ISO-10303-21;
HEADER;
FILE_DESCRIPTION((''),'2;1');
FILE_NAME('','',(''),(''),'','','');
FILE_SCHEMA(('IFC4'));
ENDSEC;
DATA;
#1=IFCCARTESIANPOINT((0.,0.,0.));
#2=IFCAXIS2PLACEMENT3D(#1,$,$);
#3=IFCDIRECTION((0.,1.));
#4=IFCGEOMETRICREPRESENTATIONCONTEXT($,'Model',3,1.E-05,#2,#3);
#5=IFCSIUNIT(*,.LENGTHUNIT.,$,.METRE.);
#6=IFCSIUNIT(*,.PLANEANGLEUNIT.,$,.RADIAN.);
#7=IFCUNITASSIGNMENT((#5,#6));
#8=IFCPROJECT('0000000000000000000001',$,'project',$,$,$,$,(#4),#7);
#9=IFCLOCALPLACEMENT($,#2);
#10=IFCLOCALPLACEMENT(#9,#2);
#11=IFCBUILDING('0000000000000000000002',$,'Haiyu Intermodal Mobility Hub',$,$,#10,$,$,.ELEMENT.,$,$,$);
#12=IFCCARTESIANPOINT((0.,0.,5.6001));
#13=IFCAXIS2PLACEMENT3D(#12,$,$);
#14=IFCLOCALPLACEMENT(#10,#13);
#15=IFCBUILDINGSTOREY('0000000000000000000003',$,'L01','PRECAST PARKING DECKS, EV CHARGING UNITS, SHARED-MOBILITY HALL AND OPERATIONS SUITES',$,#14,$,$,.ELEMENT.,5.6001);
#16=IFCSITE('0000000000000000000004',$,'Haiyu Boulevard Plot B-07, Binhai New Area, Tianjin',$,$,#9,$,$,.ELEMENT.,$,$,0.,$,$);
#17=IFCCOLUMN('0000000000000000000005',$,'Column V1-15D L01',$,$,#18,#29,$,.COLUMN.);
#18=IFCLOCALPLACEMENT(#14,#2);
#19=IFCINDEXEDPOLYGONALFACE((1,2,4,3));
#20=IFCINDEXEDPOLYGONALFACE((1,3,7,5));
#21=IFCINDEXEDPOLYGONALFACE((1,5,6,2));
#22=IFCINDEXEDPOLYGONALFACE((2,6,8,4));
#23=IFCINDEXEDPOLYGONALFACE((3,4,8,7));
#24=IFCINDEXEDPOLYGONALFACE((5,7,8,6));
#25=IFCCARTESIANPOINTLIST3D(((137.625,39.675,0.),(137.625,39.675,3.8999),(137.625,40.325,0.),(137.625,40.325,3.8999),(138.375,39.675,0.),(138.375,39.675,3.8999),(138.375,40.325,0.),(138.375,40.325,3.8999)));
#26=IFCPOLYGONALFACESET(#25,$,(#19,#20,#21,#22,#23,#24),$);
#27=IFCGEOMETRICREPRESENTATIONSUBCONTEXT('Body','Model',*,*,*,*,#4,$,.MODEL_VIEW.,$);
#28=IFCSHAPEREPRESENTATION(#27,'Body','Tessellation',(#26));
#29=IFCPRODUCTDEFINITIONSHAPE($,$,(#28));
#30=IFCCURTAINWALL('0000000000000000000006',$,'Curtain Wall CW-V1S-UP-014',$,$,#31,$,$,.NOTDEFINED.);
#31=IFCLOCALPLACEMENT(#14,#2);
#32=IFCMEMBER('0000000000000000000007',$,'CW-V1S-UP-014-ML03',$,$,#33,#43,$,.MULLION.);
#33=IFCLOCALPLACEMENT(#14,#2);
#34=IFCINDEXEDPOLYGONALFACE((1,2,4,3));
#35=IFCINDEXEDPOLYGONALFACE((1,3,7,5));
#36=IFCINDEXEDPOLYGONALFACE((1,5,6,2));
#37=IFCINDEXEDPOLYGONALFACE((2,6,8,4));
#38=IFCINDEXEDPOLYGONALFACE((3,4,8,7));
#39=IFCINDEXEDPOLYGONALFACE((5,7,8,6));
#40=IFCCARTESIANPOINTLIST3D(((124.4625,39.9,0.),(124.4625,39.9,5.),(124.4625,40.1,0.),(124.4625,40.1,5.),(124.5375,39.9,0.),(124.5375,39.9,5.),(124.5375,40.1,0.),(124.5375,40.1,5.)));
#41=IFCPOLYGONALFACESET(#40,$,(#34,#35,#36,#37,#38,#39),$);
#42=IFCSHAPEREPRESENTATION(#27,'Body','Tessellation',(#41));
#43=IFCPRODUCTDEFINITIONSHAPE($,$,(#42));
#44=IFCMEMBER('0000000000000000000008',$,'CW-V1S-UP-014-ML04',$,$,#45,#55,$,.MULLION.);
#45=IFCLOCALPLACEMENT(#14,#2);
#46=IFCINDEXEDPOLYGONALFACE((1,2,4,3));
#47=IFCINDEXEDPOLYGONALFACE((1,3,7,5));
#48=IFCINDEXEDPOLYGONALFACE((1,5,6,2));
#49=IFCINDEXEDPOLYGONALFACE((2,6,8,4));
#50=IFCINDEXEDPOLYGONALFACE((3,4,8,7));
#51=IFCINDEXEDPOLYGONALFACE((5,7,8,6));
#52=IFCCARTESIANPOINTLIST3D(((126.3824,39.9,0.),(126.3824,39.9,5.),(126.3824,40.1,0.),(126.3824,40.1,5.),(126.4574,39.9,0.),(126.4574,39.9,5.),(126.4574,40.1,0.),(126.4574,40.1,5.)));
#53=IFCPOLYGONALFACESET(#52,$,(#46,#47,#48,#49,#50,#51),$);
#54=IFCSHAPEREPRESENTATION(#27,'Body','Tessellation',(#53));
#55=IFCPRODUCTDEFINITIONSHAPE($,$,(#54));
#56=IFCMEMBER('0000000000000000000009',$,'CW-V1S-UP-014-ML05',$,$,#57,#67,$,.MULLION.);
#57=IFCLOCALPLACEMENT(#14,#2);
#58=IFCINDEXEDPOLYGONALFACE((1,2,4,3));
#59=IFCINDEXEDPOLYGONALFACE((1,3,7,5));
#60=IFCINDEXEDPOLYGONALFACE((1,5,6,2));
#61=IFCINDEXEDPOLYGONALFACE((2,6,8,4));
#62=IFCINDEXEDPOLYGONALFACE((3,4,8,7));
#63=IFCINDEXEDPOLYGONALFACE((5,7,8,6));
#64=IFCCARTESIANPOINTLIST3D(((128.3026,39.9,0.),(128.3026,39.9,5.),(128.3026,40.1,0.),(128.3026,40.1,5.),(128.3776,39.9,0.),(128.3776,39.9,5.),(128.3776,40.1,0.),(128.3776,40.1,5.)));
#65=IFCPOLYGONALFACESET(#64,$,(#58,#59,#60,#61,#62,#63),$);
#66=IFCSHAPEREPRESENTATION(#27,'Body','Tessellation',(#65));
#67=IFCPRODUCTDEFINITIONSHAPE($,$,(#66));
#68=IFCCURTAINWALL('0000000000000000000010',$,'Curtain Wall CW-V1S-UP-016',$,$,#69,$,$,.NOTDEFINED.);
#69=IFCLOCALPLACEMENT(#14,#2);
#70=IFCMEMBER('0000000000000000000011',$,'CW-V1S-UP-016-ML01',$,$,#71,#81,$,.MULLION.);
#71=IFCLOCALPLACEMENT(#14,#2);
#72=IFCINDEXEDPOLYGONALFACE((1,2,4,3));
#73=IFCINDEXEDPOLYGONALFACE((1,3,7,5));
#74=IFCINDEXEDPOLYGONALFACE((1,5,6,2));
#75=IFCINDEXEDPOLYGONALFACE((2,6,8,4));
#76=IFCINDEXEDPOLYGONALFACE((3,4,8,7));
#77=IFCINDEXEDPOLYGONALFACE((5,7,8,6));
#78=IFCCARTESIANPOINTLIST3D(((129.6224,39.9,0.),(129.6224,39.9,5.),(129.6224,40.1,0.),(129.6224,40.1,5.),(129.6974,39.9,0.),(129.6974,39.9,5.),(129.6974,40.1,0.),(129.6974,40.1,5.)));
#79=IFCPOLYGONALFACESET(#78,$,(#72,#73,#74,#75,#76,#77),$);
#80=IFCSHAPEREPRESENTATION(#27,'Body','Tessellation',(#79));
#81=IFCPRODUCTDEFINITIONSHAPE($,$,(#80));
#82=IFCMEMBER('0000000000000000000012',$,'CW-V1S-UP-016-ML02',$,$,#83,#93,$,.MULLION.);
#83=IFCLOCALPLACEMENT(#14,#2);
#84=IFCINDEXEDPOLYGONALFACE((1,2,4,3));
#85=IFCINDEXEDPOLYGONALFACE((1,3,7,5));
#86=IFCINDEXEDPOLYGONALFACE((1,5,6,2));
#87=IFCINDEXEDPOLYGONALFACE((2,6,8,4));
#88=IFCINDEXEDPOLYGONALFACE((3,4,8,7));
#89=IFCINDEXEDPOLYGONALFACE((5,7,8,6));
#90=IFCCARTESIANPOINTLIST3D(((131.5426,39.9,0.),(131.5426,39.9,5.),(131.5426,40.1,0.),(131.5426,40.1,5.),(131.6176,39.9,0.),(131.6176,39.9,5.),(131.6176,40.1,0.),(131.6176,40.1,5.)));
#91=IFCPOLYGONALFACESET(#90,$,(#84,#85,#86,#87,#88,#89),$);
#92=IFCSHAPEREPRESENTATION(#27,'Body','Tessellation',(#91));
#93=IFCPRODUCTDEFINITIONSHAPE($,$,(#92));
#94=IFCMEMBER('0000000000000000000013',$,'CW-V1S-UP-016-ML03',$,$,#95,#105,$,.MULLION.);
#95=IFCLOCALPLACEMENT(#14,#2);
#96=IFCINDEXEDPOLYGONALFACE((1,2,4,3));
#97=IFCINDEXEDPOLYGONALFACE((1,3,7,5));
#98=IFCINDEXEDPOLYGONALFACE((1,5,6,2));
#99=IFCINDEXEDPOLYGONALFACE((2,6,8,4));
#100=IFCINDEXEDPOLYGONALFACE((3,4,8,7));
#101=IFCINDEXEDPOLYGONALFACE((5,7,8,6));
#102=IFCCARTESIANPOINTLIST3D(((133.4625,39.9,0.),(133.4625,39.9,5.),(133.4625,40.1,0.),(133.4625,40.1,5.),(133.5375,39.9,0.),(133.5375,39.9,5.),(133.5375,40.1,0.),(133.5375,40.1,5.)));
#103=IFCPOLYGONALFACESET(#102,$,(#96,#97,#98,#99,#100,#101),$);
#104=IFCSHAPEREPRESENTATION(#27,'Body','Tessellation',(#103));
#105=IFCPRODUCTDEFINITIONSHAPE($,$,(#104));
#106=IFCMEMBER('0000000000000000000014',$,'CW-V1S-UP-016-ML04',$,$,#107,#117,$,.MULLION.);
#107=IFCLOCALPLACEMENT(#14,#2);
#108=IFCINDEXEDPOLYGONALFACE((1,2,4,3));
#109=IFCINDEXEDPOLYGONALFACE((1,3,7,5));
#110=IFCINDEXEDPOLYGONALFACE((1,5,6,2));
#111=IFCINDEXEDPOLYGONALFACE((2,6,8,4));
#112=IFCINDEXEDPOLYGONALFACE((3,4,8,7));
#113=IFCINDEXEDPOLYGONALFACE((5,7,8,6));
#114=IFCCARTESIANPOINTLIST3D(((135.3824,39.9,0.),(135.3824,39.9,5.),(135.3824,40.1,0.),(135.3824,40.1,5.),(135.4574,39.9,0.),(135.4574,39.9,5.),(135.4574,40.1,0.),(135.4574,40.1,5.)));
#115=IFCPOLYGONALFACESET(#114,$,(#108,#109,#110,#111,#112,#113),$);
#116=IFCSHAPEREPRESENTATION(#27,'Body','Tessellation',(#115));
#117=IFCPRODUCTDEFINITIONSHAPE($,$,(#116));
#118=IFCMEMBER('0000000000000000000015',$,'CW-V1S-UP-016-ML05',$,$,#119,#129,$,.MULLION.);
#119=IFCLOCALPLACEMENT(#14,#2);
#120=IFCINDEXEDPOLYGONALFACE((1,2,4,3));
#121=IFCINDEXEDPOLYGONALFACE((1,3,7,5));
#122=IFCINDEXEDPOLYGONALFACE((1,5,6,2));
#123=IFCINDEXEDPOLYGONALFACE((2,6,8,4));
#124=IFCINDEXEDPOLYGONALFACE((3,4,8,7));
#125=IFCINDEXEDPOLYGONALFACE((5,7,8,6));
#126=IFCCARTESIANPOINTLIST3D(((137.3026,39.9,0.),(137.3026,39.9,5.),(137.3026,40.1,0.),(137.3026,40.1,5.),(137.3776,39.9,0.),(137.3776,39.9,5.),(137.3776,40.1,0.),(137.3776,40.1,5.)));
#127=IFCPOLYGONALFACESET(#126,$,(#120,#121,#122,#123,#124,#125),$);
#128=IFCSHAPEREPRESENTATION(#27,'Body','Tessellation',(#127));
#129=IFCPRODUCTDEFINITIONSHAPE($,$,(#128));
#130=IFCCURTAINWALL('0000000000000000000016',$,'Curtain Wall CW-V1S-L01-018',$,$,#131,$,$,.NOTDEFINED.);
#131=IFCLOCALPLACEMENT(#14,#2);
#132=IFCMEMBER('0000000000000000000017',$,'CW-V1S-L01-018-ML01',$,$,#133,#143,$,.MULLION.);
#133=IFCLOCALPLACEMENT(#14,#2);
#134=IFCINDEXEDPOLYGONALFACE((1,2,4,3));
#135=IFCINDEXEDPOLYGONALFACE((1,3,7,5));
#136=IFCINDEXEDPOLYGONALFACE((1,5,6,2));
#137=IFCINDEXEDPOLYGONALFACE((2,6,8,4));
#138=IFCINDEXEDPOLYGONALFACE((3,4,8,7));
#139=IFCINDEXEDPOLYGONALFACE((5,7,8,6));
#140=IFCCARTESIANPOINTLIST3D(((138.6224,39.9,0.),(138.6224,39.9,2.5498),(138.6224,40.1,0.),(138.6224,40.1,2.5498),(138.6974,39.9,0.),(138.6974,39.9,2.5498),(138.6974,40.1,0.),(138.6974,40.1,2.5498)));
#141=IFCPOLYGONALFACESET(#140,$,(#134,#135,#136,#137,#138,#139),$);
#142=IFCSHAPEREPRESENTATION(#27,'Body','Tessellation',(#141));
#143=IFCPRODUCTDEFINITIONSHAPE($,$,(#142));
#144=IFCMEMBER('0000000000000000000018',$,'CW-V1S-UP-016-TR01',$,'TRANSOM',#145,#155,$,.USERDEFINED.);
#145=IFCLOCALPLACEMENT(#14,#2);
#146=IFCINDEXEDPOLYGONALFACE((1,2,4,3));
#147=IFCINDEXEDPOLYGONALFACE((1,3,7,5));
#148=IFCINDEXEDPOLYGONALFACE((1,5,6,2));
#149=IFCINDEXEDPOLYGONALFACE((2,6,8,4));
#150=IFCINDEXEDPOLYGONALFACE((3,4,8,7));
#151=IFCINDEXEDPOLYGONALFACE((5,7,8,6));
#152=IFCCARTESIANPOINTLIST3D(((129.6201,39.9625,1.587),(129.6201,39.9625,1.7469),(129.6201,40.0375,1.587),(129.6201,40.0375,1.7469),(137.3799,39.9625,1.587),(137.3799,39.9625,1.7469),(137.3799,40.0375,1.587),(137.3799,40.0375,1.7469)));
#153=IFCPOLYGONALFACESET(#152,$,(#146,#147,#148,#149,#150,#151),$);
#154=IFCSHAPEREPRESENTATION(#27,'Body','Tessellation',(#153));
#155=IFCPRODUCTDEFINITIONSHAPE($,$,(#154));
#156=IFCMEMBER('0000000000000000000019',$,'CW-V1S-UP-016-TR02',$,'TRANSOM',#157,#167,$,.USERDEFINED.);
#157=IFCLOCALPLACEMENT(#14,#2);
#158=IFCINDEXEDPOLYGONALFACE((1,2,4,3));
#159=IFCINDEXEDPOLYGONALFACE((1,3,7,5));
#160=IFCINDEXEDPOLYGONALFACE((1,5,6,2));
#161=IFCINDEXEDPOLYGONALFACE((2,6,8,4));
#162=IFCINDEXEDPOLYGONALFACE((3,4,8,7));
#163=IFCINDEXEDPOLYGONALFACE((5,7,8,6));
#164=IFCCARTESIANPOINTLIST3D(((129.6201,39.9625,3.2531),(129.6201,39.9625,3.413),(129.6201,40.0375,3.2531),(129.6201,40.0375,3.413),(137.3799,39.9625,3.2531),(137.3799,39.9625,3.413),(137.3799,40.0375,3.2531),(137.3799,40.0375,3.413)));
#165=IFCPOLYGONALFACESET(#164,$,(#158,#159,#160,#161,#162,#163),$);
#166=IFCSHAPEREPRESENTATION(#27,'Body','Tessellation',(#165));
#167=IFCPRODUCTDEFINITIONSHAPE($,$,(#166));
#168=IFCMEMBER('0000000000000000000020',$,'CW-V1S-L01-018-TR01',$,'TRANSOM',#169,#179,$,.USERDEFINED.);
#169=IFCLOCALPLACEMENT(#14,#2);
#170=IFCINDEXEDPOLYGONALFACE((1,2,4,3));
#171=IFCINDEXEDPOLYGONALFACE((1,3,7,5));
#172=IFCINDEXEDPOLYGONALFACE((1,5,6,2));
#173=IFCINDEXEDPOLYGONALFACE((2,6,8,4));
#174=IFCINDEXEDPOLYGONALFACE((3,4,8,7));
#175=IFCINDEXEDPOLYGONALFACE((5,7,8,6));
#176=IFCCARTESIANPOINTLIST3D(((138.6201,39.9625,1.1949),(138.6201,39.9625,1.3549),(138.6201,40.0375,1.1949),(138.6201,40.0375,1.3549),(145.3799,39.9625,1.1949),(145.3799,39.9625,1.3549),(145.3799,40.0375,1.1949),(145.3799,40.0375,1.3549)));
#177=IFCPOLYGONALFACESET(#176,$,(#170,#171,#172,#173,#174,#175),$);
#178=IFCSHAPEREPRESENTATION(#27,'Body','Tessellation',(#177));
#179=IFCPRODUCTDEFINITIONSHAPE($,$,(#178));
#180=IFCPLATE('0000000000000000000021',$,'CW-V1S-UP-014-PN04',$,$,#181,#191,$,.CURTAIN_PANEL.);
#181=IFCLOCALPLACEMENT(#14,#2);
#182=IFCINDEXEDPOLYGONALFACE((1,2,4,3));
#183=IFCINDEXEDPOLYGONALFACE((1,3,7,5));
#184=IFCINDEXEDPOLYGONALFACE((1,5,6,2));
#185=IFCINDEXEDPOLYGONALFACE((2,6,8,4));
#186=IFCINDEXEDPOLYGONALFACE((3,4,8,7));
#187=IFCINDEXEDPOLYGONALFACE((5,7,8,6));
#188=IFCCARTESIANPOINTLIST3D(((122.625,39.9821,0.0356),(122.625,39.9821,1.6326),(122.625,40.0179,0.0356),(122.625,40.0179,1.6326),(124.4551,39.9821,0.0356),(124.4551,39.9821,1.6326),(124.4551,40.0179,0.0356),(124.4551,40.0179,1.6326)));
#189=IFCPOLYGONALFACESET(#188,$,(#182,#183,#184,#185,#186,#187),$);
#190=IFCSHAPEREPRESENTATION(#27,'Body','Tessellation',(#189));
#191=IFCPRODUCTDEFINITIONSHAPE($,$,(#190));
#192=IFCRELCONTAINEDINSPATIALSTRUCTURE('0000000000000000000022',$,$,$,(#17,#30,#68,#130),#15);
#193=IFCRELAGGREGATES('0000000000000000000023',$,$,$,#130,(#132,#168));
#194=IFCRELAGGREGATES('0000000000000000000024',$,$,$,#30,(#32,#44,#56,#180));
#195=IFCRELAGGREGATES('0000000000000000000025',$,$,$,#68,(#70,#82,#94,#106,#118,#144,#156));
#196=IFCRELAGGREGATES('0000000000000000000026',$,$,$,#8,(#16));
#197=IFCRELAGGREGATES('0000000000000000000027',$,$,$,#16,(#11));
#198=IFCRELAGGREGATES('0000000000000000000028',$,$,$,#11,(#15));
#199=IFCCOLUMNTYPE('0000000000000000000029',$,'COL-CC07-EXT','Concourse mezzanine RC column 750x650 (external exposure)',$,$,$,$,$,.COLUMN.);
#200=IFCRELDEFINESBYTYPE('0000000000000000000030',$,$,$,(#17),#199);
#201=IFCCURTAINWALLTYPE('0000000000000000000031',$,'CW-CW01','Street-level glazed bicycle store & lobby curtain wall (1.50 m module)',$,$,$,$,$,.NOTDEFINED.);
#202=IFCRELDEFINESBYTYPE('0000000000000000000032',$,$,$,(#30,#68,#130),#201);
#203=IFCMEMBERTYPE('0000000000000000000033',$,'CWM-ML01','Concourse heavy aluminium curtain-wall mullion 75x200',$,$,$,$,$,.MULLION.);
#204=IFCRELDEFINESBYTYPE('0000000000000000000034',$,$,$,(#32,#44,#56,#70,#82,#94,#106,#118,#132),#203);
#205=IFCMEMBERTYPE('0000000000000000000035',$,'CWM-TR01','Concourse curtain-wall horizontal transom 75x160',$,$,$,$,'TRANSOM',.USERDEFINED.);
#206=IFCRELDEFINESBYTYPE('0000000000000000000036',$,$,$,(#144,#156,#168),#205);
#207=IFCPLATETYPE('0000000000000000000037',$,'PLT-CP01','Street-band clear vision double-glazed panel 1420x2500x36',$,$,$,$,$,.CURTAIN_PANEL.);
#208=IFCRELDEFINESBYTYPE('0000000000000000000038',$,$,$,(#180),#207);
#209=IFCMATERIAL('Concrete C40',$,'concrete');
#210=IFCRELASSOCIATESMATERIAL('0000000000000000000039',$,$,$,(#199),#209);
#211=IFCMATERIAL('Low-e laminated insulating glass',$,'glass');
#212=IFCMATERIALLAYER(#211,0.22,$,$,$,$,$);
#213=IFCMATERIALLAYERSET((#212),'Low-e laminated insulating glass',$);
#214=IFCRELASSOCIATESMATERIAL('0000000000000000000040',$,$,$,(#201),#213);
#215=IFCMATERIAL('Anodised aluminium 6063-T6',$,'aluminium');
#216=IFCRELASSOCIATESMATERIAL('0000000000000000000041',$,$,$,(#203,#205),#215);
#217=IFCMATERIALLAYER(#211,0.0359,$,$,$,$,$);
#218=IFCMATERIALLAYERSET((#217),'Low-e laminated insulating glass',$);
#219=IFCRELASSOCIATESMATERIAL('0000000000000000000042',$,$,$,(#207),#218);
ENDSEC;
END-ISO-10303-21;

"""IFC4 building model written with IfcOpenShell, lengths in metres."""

from ifc_helpers import new_model, si_unit, direction, frame, origin, origin_2d, place, context, subcontext, project, spatial, rectangle, extrude, material, layer, layer_set, material_profile, profile_set, type_object, element, aggregate, save


model = new_model("IFC4")

# Units and contexts
model_context = context("Model", 3, precision=1e-05, world=origin(), true_north=direction((0.0, 1.0)))
body_context = subcontext(model_context, "Body", "Model", "MODEL_VIEW")
ifc_project = project(units=[si_unit("LENGTHUNIT", "METRE"), si_unit("PLANEANGLEUNIT", "RADIAN")], contexts=[model_context])

# Site, building, storey
site_placement = place(None, origin())
site = spatial("IfcSite", under=ifc_project, at=site_placement, Name="Haiyu Boulevard Plot B-07, Binhai New Area, Tianjin", CompositionType="ELEMENT", RefElevation=0.0)
building_placement = place(site_placement, origin())
building = spatial("IfcBuilding", under=site, at=building_placement, Name="Haiyu Intermodal Mobility Hub", CompositionType="ELEMENT")
storey_placement = place(building_placement, frame((0.0, 0.0, 5.6001)))
storey = spatial("IfcBuildingStorey", under=building, at=storey_placement, Name="L01", Description="PRECAST PARKING DECKS, EV CHARGING UNITS, SHARED-MOBILITY HALL AND OPERATIONS SUITES", CompositionType="ELEMENT", Elevation=5.6001)

# Column
ifc_material_1 = material(Name="Concrete C40", Category="concrete")
ifc_material_profile_1 = material_profile(ifc_material_1, rectangle(XDim=0.75, YDim=0.6499, at=origin_2d()), Name="RC750x650")
ifc_profile_set_1 = profile_set([ifc_material_profile_1], Name="Concrete C40")
column_type = type_object("IfcColumnType", Name="COL-CC07-EXT", Description="Concourse mezzanine RC column 750x650 (external exposure)", PredefinedType="COLUMN", material=ifc_profile_set_1)
column_placement = place(storey_placement, frame((138.0, 40.0, 0.0), z_axis=(0.0, 0.0, 1.0), x_axis=(1.0, 0.0, 0.0)))
element("IfcColumn", 1, at=column_placement, inside=storey, type_object=column_type, Name="Column V1-15D L01", PredefinedType="COLUMN", context=body_context, shape_type="SweptSolid", body=[
    extrude(rectangle(XDim=0.75, YDim=0.6499, at=origin_2d()), origin(), (0.0, 0.0, 1.0), 3.8999),
])

# Curtain walls, members
ifc_material_2 = material(Name="Low-e laminated insulating glass", Category="glass")
ifc_layer_1 = layer(ifc_material_2, 0.22)
ifc_layer_set_1 = layer_set([ifc_layer_1], Name="Low-e laminated insulating glass")
curtain_wall_type = type_object("IfcCurtainWallType", Name="CW-CW01", Description="Street-level glazed bicycle store & lobby curtain wall (1.50 m module)", PredefinedType="NOTDEFINED", material=ifc_layer_set_1)
curtain_wall_1_placement = place(storey_placement, origin())
curtain_wall_1 = element("IfcCurtainWall", 2, at=curtain_wall_1_placement, inside=storey, type_object=curtain_wall_type, Name="Curtain Wall CW-V1S-UP-014", PredefinedType="NOTDEFINED")
ifc_material_3 = material(Name="Anodised aluminium 6063-T6", Category="aluminium")
ifc_material_profile_2 = material_profile(ifc_material_3, rectangle(XDim=0.075, YDim=0.2, at=origin_2d()), Name="ALU75x200")
ifc_profile_set_2 = profile_set([ifc_material_profile_2], Name="Anodised aluminium 6063-T6")
member_type_1 = type_object("IfcMemberType", Name="CWM-ML01", Description="Concourse heavy aluminium curtain-wall mullion 75x200", PredefinedType="MULLION", material=ifc_profile_set_2)
member_1_placement = place(storey_placement, frame((124.5, 40.0, 0.0), z_axis=(0.0, 0.0, 1.0), x_axis=(1.0, 0.0, 0.0)))
member_1 = element("IfcMember", 3, at=member_1_placement, type_object=member_type_1, Name="CW-V1S-UP-014-ML03", PredefinedType="MULLION", context=body_context, shape_type="SweptSolid", body=[
    extrude(rectangle(XDim=0.075, YDim=0.2, at=origin_2d()), origin(), (0.0, 0.0, 1.0), 5.0),
])
member_2_placement = place(storey_placement, frame((126.4199, 40.0, 0.0), z_axis=(0.0, 0.0, 1.0), x_axis=(1.0, 0.0, 0.0)))
member_2 = element("IfcMember", 4, at=member_2_placement, type_object=member_type_1, Name="CW-V1S-UP-014-ML04", PredefinedType="MULLION", context=body_context, shape_type="SweptSolid", body=[
    extrude(rectangle(XDim=0.075, YDim=0.2, at=origin_2d()), origin(), (0.0, 0.0, 1.0), 5.0),
])
member_3_placement = place(storey_placement, frame((128.3401, 40.0, 0.0), z_axis=(0.0, 0.0, 1.0), x_axis=(1.0, 0.0, 0.0)))
member_3 = element("IfcMember", 5, at=member_3_placement, type_object=member_type_1, Name="CW-V1S-UP-014-ML05", PredefinedType="MULLION", context=body_context, shape_type="SweptSolid", body=[
    extrude(rectangle(XDim=0.075, YDim=0.2, at=origin_2d()), origin(), (0.0, 0.0, 1.0), 5.0),
])
curtain_wall_2_placement = place(storey_placement, origin())
curtain_wall_2 = element("IfcCurtainWall", 6, at=curtain_wall_2_placement, inside=storey, type_object=curtain_wall_type, Name="Curtain Wall CW-V1S-UP-016", PredefinedType="NOTDEFINED")
member_4_placement = place(storey_placement, frame((129.6599, 40.0, 0.0), z_axis=(0.0, 0.0, 1.0), x_axis=(1.0, 0.0, 0.0)))
member_4 = element("IfcMember", 7, at=member_4_placement, type_object=member_type_1, Name="CW-V1S-UP-016-ML01", PredefinedType="MULLION", context=body_context, shape_type="SweptSolid", body=[
    extrude(rectangle(XDim=0.075, YDim=0.2, at=origin_2d()), origin(), (0.0, 0.0, 1.0), 5.0),
])
member_5_placement = place(storey_placement, frame((131.5801, 40.0, 0.0), z_axis=(0.0, 0.0, 1.0), x_axis=(1.0, 0.0, 0.0)))
member_5 = element("IfcMember", 8, at=member_5_placement, type_object=member_type_1, Name="CW-V1S-UP-016-ML02", PredefinedType="MULLION", context=body_context, shape_type="SweptSolid", body=[
    extrude(rectangle(XDim=0.075, YDim=0.2, at=origin_2d()), origin(), (0.0, 0.0, 1.0), 5.0),
])
member_6_placement = place(storey_placement, frame((133.5, 40.0, 0.0), z_axis=(0.0, 0.0, 1.0), x_axis=(1.0, 0.0, 0.0)))
member_6 = element("IfcMember", 9, at=member_6_placement, type_object=member_type_1, Name="CW-V1S-UP-016-ML03", PredefinedType="MULLION", context=body_context, shape_type="SweptSolid", body=[
    extrude(rectangle(XDim=0.075, YDim=0.2, at=origin_2d()), origin(), (0.0, 0.0, 1.0), 5.0),
])
member_7_placement = place(storey_placement, frame((135.4199, 40.0, 0.0), z_axis=(0.0, 0.0, 1.0), x_axis=(1.0, 0.0, 0.0)))
member_7 = element("IfcMember", 10, at=member_7_placement, type_object=member_type_1, Name="CW-V1S-UP-016-ML04", PredefinedType="MULLION", context=body_context, shape_type="SweptSolid", body=[
    extrude(rectangle(XDim=0.075, YDim=0.2, at=origin_2d()), origin(), (0.0, 0.0, 1.0), 5.0),
])
member_8_placement = place(storey_placement, frame((137.3401, 40.0, 0.0), z_axis=(0.0, 0.0, 1.0), x_axis=(1.0, 0.0, 0.0)))
member_8 = element("IfcMember", 11, at=member_8_placement, type_object=member_type_1, Name="CW-V1S-UP-016-ML05", PredefinedType="MULLION", context=body_context, shape_type="SweptSolid", body=[
    extrude(rectangle(XDim=0.075, YDim=0.2, at=origin_2d()), origin(), (0.0, 0.0, 1.0), 5.0),
])

# Curtain wall, member
curtain_wall_3_placement = place(storey_placement, origin())
curtain_wall_3 = element("IfcCurtainWall", 12, at=curtain_wall_3_placement, inside=storey, type_object=curtain_wall_type, Name="Curtain Wall CW-V1S-L01-018", PredefinedType="NOTDEFINED")
member_9_placement = place(storey_placement, frame((138.6599, 40.0, 0.0), z_axis=(0.0, 0.0, 1.0), x_axis=(1.0, 0.0, 0.0)))
member_9 = element("IfcMember", 13, at=member_9_placement, type_object=member_type_1, Name="CW-V1S-L01-018-ML01", PredefinedType="MULLION", context=body_context, shape_type="SweptSolid", body=[
    extrude(rectangle(XDim=0.075, YDim=0.2, at=origin_2d()), origin(), (0.0, 0.0, 1.0), 2.5498),
])

# Members
ifc_material_profile_3 = material_profile(ifc_material_3, rectangle(XDim=0.075, YDim=0.1599, at=origin_2d()), Name="ALU75x160")
ifc_profile_set_3 = profile_set([ifc_material_profile_3], Name="Anodised aluminium 6063-T6")
member_type_2 = type_object("IfcMemberType", Name="CWM-TR01", Description="Concourse curtain-wall horizontal transom 75x160", ElementType="TRANSOM", PredefinedType="USERDEFINED", material=ifc_profile_set_3)
member_10_placement = place(storey_placement, frame((129.6201, 40.0, 1.667), z_axis=(1.0, 0.0, 0.0), x_axis=(0.0, 1.0, 0.0)))
member_10 = element("IfcMember", 14, at=member_10_placement, type_object=member_type_2, Name="CW-V1S-UP-016-TR01", ObjectType="TRANSOM", PredefinedType="USERDEFINED", context=body_context, shape_type="SweptSolid", body=[
    extrude(rectangle(XDim=0.075, YDim=0.1599, at=origin_2d()), origin(), (0.0, 0.0, 1.0), 7.7598),
])
member_11_placement = place(storey_placement, frame((129.6201, 40.0, 3.333), z_axis=(1.0, 0.0, 0.0), x_axis=(0.0, 1.0, 0.0)))
member_11 = element("IfcMember", 15, at=member_11_placement, type_object=member_type_2, Name="CW-V1S-UP-016-TR02", ObjectType="TRANSOM", PredefinedType="USERDEFINED", context=body_context, shape_type="SweptSolid", body=[
    extrude(rectangle(XDim=0.075, YDim=0.1599, at=origin_2d()), origin(), (0.0, 0.0, 1.0), 7.7598),
])
member_12_placement = place(storey_placement, frame((138.6201, 40.0, 1.2749), z_axis=(1.0, 0.0, 0.0), x_axis=(0.0, 1.0, 0.0)))
member_12 = element("IfcMember", 16, at=member_12_placement, type_object=member_type_2, Name="CW-V1S-L01-018-TR01", ObjectType="TRANSOM", PredefinedType="USERDEFINED", context=body_context, shape_type="SweptSolid", body=[
    extrude(rectangle(XDim=0.075, YDim=0.1599, at=origin_2d()), origin(), (0.0, 0.0, 1.0), 6.7598),
])

# Plate
ifc_layer_2 = layer(ifc_material_2, 0.0359)
ifc_layer_set_2 = layer_set([ifc_layer_2], Name="Low-e laminated insulating glass")
plate_type_1 = type_object("IfcPlateType", Name="PLT-CP01", Description="Street-band clear vision double-glazed panel 1420x2500x36", PredefinedType="CURTAIN_PANEL", material=ifc_layer_set_2)
plate_1_placement = place(storey_placement, frame((123.54, 40.0, 0.0356), z_axis=(0.0, 0.0, 1.0), x_axis=(1.0, 0.0, 0.0)))
plate_1 = element("IfcPlate", 17, at=plate_1_placement, type_object=plate_type_1, Name="CW-V1S-UP-014-PN04", PredefinedType="CURTAIN_PANEL", context=body_context, shape_type="SweptSolid", body=[
    extrude(rectangle(XDim=1.8301, YDim=0.0359, at=origin_2d()), origin(), (0.0, 0.0, 1.0), 1.5969),
])
aggregate(curtain_wall_3, [member_9, member_12])
aggregate(curtain_wall_1, [member_1, member_2, member_3, plate_1])
aggregate(curtain_wall_2, [member_4, member_5, member_6, member_7, member_8, member_10, member_11])

save(model, "model.ifc")
